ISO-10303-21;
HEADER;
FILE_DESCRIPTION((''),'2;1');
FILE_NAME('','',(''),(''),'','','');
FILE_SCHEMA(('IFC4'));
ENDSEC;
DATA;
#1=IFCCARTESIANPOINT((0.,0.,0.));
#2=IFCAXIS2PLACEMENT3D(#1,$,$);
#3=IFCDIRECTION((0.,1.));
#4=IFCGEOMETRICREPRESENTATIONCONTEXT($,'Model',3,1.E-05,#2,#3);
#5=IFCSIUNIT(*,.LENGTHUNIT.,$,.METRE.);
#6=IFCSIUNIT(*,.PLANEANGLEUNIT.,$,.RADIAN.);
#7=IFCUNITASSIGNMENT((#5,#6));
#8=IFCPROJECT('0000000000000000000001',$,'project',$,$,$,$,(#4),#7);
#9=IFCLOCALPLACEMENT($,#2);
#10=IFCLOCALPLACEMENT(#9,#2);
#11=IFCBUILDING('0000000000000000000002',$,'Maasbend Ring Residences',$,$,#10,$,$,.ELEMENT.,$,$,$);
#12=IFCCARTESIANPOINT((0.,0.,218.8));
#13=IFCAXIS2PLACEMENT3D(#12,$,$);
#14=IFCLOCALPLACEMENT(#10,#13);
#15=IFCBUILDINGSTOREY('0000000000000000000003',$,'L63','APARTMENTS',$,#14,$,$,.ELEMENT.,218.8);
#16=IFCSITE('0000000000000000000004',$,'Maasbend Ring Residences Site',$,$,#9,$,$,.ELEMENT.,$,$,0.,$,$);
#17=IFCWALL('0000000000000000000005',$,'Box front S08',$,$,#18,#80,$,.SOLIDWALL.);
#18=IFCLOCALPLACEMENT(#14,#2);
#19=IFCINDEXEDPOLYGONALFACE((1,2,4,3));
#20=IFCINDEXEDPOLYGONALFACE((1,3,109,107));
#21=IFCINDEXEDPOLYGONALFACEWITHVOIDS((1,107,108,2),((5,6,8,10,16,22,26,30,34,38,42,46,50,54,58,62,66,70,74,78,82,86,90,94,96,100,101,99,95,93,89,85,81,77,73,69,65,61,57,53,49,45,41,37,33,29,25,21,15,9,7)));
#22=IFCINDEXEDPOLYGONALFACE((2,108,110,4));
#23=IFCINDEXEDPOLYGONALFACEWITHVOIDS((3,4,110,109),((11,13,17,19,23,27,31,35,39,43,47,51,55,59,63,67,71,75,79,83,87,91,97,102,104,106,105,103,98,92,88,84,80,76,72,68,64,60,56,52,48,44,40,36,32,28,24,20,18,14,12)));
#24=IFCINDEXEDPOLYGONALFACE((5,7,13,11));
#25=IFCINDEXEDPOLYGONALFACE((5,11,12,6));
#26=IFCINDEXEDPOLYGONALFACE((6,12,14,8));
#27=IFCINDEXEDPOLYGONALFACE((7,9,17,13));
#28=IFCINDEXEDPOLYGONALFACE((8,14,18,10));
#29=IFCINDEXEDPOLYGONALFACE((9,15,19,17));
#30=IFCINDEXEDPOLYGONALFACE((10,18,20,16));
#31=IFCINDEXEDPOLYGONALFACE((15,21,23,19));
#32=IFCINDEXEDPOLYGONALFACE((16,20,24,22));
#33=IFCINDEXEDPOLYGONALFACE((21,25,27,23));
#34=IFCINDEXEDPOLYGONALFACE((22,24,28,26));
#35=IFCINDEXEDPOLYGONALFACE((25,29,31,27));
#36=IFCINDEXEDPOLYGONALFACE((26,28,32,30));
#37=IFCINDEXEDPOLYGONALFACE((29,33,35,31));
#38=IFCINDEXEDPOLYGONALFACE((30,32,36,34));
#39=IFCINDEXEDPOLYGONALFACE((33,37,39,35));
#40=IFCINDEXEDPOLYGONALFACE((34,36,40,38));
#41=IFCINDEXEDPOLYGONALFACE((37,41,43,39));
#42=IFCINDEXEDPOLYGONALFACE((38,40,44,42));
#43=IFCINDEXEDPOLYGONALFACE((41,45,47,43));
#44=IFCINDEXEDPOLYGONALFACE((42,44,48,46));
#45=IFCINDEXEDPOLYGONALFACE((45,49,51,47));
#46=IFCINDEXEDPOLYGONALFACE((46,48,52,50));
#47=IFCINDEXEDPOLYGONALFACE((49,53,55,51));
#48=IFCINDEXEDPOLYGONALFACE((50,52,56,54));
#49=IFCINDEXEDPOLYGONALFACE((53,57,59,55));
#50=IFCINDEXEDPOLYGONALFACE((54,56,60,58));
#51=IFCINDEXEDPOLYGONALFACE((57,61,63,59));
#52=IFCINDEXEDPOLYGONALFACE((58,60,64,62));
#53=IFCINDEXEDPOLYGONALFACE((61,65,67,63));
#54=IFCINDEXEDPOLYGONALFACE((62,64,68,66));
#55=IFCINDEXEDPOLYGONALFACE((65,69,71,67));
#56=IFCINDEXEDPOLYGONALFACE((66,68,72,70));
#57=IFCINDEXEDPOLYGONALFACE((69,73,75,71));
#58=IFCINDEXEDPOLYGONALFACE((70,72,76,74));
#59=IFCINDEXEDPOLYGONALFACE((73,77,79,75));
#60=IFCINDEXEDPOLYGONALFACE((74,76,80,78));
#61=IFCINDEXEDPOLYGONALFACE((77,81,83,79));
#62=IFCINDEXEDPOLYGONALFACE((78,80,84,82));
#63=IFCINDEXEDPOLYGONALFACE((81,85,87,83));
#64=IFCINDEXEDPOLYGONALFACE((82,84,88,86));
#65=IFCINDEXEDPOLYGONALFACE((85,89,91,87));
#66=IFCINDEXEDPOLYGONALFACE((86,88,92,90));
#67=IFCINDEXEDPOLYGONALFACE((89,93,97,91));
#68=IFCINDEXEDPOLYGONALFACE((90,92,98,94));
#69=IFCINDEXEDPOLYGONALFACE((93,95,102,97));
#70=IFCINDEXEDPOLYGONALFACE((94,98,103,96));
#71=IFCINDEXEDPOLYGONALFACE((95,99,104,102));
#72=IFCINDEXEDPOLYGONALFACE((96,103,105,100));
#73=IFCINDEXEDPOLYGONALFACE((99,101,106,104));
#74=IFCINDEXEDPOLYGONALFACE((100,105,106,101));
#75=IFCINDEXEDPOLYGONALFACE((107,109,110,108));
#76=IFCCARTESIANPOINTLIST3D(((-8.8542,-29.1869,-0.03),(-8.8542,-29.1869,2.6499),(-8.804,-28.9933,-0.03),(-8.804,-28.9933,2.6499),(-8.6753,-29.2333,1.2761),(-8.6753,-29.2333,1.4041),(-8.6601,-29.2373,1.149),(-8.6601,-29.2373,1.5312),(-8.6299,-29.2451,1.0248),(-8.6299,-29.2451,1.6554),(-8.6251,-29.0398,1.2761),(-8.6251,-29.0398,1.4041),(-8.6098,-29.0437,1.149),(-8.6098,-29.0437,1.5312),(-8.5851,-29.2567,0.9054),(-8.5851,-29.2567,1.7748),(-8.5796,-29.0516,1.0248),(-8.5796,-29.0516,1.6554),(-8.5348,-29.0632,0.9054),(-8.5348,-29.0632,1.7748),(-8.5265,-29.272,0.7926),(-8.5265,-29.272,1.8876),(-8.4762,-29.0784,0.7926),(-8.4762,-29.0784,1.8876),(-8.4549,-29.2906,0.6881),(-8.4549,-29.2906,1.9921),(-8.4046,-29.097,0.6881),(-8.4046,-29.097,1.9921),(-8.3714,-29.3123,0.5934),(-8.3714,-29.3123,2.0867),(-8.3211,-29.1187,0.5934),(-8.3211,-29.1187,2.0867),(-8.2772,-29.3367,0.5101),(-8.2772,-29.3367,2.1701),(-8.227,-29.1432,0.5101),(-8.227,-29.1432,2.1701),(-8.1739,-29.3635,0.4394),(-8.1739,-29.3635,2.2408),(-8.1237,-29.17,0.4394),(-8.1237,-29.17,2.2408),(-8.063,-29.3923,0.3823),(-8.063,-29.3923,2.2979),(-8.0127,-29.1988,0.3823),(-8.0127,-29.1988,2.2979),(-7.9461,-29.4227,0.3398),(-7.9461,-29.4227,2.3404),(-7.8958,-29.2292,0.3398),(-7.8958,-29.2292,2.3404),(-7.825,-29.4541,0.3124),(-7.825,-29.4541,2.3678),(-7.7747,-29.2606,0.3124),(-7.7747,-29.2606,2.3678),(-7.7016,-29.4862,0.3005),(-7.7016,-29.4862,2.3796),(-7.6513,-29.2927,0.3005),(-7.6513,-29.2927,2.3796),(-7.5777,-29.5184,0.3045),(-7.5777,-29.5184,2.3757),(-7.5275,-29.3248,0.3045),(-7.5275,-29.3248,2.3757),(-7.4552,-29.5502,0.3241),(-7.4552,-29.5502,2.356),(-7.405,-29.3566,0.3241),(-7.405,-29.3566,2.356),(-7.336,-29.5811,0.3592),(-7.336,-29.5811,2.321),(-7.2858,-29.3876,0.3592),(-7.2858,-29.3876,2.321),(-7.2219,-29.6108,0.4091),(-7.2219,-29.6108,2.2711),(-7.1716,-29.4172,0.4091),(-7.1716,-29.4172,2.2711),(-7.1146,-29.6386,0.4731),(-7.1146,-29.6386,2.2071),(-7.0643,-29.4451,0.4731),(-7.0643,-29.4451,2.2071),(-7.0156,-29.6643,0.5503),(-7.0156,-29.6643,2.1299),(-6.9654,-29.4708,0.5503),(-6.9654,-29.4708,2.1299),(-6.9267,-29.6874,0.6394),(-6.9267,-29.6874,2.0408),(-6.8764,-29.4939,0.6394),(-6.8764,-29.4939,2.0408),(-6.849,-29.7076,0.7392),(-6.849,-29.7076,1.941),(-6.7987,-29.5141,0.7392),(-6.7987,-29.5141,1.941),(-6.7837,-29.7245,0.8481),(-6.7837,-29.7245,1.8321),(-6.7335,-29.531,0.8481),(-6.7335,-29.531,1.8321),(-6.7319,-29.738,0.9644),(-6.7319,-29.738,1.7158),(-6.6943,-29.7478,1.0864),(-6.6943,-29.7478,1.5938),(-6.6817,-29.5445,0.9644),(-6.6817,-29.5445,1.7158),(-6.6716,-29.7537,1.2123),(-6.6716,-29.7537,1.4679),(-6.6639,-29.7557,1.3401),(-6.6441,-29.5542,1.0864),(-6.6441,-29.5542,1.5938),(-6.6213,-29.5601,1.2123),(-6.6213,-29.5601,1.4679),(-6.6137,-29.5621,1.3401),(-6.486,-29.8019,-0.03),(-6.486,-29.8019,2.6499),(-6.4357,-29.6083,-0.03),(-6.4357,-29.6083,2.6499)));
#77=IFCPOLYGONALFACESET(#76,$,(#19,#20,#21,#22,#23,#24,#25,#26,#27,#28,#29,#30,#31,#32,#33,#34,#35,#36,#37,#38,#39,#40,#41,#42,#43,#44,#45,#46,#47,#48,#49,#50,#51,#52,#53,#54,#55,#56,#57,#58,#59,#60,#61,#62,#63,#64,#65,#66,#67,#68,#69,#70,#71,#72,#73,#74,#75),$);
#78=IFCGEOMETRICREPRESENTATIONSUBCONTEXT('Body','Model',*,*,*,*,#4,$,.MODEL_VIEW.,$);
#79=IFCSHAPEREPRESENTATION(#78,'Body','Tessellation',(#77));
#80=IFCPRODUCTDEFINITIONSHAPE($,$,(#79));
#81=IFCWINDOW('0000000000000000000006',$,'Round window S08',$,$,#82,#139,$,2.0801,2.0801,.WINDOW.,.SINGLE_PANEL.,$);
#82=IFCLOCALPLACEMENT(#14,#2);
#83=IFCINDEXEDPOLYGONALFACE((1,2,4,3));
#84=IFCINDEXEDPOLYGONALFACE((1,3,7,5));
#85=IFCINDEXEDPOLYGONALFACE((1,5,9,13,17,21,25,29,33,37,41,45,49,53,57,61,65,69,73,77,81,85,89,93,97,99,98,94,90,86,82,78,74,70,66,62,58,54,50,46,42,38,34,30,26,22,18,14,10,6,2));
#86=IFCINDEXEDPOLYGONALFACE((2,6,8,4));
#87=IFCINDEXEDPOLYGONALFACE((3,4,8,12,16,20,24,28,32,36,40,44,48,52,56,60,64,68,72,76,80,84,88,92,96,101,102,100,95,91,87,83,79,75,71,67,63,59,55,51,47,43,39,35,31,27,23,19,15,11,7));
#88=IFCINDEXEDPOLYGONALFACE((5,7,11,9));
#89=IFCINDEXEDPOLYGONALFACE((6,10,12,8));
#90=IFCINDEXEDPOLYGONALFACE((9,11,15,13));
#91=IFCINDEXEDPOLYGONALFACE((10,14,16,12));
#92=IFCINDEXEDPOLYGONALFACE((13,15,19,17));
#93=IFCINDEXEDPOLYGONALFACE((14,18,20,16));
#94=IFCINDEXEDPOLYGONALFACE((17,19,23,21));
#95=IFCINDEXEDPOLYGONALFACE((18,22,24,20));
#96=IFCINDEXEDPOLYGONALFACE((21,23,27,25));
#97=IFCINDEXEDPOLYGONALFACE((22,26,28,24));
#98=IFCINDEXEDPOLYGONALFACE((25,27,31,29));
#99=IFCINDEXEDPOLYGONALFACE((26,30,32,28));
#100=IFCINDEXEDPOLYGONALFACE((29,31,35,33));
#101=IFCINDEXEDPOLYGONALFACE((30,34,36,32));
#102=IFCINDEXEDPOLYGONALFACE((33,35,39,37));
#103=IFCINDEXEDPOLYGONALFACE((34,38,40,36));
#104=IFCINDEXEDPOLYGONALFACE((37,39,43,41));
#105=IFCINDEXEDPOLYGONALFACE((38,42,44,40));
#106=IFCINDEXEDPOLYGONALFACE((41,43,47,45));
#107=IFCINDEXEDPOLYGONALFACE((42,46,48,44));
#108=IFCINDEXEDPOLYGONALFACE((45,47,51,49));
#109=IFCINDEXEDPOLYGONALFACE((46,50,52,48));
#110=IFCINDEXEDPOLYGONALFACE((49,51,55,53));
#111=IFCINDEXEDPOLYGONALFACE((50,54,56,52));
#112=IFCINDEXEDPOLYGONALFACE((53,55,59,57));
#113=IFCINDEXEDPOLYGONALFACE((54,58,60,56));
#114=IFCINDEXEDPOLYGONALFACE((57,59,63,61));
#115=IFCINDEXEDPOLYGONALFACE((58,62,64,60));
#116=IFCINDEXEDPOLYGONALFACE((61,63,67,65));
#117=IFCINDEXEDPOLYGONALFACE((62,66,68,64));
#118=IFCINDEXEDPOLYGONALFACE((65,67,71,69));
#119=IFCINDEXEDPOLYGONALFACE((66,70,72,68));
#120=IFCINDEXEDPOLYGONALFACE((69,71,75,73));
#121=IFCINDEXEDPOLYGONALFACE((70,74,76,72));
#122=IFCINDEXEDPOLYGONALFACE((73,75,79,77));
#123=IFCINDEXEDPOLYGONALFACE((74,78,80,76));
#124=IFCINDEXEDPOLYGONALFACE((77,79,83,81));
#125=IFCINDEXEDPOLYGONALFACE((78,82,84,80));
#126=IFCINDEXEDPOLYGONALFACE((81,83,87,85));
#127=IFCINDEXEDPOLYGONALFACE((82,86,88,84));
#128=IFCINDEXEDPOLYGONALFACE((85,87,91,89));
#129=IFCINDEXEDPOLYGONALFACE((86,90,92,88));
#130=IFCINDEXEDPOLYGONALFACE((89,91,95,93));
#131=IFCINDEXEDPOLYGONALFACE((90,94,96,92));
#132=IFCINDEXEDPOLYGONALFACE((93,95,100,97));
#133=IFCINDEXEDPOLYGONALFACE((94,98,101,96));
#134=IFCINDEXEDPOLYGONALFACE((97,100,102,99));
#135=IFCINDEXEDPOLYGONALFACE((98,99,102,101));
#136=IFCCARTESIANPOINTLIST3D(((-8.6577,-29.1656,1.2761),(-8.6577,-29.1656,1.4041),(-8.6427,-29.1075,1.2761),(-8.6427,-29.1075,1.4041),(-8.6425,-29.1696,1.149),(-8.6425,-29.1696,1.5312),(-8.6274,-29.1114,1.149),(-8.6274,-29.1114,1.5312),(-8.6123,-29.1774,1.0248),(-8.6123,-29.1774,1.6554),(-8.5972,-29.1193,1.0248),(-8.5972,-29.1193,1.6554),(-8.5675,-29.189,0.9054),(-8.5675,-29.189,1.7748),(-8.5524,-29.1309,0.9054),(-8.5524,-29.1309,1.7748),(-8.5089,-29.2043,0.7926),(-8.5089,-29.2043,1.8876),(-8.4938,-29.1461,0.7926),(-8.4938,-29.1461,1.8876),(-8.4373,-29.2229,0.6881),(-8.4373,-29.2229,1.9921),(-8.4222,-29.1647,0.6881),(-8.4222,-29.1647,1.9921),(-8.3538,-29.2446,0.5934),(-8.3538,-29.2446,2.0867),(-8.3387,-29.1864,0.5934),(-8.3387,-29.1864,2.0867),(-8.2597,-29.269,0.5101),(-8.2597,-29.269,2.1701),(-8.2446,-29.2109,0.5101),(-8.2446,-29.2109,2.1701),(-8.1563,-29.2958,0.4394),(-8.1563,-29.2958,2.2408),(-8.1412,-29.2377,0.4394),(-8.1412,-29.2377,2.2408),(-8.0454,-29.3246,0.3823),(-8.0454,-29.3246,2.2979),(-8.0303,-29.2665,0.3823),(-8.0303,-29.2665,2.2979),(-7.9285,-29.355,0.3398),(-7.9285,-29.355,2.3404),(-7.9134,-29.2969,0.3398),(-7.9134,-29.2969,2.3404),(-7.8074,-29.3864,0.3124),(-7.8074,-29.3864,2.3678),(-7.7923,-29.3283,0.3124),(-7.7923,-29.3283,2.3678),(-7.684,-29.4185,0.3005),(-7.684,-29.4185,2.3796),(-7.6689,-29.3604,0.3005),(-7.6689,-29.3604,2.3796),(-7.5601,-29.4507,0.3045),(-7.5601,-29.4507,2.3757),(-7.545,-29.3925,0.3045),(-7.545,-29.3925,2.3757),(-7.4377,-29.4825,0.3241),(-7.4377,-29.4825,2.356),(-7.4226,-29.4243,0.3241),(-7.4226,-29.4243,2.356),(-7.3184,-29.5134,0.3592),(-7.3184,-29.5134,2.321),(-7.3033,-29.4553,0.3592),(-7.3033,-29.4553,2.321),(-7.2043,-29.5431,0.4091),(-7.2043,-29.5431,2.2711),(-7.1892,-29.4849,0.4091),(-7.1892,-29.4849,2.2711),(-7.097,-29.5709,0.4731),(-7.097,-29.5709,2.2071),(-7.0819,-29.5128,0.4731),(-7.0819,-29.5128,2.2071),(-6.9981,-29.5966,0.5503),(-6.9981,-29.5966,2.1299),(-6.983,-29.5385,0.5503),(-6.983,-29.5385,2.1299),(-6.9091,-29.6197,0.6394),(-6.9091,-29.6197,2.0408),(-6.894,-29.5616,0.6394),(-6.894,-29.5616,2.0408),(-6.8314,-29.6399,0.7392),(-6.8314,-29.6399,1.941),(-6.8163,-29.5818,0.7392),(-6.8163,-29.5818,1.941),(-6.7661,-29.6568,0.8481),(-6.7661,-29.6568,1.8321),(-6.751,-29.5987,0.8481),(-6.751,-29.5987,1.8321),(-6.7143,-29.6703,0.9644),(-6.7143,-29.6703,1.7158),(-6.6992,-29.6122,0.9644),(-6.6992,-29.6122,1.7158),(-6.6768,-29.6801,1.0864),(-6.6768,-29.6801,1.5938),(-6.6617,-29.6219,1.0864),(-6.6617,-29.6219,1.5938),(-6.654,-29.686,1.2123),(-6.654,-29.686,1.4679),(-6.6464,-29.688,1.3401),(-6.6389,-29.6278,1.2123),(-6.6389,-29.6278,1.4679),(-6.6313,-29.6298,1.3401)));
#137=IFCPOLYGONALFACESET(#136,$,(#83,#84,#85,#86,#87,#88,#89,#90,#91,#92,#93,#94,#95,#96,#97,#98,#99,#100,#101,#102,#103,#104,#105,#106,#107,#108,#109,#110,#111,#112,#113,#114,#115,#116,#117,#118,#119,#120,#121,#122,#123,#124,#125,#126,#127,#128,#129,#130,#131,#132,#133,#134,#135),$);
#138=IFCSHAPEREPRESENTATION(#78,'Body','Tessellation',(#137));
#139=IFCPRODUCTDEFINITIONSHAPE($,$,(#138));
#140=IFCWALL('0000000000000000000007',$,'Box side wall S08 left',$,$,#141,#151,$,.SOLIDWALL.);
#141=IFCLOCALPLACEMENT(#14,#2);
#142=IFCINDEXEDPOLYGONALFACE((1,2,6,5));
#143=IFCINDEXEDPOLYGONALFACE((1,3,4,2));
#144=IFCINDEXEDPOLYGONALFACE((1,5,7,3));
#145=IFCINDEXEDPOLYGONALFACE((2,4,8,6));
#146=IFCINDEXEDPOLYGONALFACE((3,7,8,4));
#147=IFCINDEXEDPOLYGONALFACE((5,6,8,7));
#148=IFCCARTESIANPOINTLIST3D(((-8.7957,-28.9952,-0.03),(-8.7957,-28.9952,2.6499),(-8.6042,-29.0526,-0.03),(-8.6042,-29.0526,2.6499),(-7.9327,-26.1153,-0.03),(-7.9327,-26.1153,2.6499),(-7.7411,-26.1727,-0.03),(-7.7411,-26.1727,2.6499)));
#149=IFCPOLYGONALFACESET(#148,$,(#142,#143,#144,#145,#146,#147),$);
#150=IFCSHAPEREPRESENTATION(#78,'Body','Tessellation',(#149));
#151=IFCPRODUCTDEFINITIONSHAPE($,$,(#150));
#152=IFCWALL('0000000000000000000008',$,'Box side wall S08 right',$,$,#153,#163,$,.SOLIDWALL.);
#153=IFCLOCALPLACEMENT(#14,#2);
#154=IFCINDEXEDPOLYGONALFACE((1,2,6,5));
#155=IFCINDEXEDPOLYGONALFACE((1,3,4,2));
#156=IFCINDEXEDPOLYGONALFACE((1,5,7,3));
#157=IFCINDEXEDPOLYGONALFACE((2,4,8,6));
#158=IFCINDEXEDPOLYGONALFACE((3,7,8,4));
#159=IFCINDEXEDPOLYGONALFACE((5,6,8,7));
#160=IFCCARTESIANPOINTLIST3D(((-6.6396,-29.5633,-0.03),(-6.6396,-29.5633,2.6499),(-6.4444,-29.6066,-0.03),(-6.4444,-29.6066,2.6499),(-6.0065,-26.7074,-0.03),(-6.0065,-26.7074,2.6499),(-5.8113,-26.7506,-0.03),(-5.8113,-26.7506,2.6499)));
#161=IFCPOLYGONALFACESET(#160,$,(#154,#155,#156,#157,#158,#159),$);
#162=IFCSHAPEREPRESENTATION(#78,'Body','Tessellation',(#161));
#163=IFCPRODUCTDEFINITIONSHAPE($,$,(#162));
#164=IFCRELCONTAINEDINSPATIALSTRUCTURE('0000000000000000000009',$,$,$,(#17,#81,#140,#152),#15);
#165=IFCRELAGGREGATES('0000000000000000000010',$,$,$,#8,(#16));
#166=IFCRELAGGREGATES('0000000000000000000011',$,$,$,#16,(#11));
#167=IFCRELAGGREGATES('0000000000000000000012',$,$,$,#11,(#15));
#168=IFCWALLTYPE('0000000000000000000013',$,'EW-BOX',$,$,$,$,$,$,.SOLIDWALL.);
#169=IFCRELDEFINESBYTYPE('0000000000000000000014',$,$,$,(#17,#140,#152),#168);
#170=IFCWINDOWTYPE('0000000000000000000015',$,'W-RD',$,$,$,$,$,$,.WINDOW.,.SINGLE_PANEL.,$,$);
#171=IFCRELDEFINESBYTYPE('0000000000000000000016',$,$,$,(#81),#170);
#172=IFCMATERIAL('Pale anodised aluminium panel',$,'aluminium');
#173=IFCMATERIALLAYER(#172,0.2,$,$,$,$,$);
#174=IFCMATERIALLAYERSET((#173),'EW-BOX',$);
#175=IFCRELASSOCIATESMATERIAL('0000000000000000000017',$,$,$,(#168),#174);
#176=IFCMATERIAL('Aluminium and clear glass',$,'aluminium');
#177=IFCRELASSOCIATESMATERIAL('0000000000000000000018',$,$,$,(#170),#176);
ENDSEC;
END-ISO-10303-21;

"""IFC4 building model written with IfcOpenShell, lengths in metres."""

from ifc_helpers import new_model, si_unit, direction, frame, frame_2d, origin, place, context, subcontext, project, spatial, rectangle, circle, extrude, material, layer, layer_set, type_object, element, fill, save


model = new_model("IFC4")

# Units and contexts
model_context = context("Model", 3, precision=1e-05, world=origin(), true_north=direction((0.0, 1.0)))
body_context = subcontext(model_context, "Body", "Model", "MODEL_VIEW")
ifc_project = project(units=[si_unit("LENGTHUNIT", "METRE"), si_unit("PLANEANGLEUNIT", "RADIAN")], contexts=[model_context])

# Site, building, storey
site_placement = place(None, origin())
site = spatial("IfcSite", under=ifc_project, at=site_placement, Name="Maasbend Ring Residences Site", CompositionType="ELEMENT", RefElevation=0.0)
building_placement = place(site_placement, origin())
building = spatial("IfcBuilding", under=site, at=building_placement, Name="Maasbend Ring Residences", CompositionType="ELEMENT")
storey_placement = place(building_placement, frame((0.0, 0.0, 218.8)))
storey = spatial("IfcBuildingStorey", under=building, at=storey_placement, Name="L63", Description="APARTMENTS", CompositionType="ELEMENT", Elevation=218.8)

# Shared definitions
ifc_material_1 = material(Name="Pale anodised aluminium panel", Category="aluminium")
ifc_layer_1 = layer(ifc_material_1, 0.2)
ifc_layer_set_1 = layer_set([ifc_layer_1], Name="EW-BOX")
wall_type_1 = type_object("IfcWallType", Name="EW-BOX", PredefinedType="SOLIDWALL", material=ifc_layer_set_1)

# Wall, opening, window
wall_1_placement = place(storey_placement, frame((-8.8291, -29.0901, -0.03), z_axis=(0.0, 0.0, 1.0), x_axis=(0.967895, -0.251353, 0.0)))
wall_1 = element("IfcWall", 1, at=wall_1_placement, inside=storey, type_object=wall_type_1, Name="Box front S08", PredefinedType="SOLIDWALL", context=body_context, shape_type="SweptSolid", body=[
    extrude(rectangle(XDim=2.4468, YDim=0.2, at=frame_2d((1.2234, 0.0))), origin(), (0.0, 0.0, 1.0), 2.6799),
])
opening_1_placement = place(wall_1_placement, frame((0.1829, 0.0, 0.3301)))
opening_1 = element("IfcOpeningElement", 2, at=opening_1_placement, cuts=wall_1, PredefinedType="OPENING", context=body_context, shape_type="SweptSolid", body=[
    extrude(circle(Radius=1.04, at=frame_2d((1.04, 1.04))), frame((0.0, 0.1099, 0.0), z_axis=(0.0, -1.0, 0.0), x_axis=(1.0, 0.0, 0.0)), (0.0, 0.0, 1.0), 0.22),
])
ifc_material_2 = material(Name="Aluminium and clear glass", Category="aluminium")
window_type_1 = type_object("IfcWindowType", Name="W-RD", PartitioningType="SINGLE_PANEL", PredefinedType="WINDOW", material=ifc_material_2)
window_1_placement = place(opening_1_placement, origin())
window_1 = element("IfcWindow", 3, at=window_1_placement, inside=storey, type_object=window_type_1, Name="Round window S08", OverallHeight=2.0801, OverallWidth=2.0801, PartitioningType="SINGLE_PANEL", PredefinedType="WINDOW", context=body_context, shape_type="SweptSolid", body=[
    extrude(circle(Radius=1.04, at=frame_2d((1.04, 1.04))), frame((0.0, 0.03, 0.0), z_axis=(0.0, -1.0, 0.0), x_axis=(1.0, 0.0, 0.0)), (0.0, 0.0, 1.0), 0.0601),
])
fill(opening_1, window_1)

# Walls
wall_2_placement = place(storey_placement, frame((-7.8369, -26.144, -0.03), z_axis=(0.0, 0.0, 1.0), x_axis=(-0.287065, -0.957911, 0.0)))
element("IfcWall", 4, at=wall_2_placement, inside=storey, type_object=wall_type_1, Name="Box side wall S08 left", PredefinedType="SOLIDWALL", context=body_context, shape_type="SweptSolid", body=[
    extrude(rectangle(XDim=3.0063, YDim=0.2, at=frame_2d((1.5032, 0.0))), origin(), (0.0, 0.0, 1.0), 2.6799),
])
wall_3_placement = place(storey_placement, frame((-5.9089, -26.729, -0.03), z_axis=(0.0, 0.0, 1.0), x_axis=(-0.216409, -0.976303, 0.0)))
element("IfcWall", 5, at=wall_3_placement, inside=storey, type_object=wall_type_1, Name="Box side wall S08 right", PredefinedType="SOLIDWALL", context=body_context, shape_type="SweptSolid", body=[
    extrude(rectangle(XDim=2.9253, YDim=0.2, at=frame_2d((1.4626, 0.0))), origin(), (0.0, 0.0, 1.0), 2.6799),
])

save(model, "model.ifc")
